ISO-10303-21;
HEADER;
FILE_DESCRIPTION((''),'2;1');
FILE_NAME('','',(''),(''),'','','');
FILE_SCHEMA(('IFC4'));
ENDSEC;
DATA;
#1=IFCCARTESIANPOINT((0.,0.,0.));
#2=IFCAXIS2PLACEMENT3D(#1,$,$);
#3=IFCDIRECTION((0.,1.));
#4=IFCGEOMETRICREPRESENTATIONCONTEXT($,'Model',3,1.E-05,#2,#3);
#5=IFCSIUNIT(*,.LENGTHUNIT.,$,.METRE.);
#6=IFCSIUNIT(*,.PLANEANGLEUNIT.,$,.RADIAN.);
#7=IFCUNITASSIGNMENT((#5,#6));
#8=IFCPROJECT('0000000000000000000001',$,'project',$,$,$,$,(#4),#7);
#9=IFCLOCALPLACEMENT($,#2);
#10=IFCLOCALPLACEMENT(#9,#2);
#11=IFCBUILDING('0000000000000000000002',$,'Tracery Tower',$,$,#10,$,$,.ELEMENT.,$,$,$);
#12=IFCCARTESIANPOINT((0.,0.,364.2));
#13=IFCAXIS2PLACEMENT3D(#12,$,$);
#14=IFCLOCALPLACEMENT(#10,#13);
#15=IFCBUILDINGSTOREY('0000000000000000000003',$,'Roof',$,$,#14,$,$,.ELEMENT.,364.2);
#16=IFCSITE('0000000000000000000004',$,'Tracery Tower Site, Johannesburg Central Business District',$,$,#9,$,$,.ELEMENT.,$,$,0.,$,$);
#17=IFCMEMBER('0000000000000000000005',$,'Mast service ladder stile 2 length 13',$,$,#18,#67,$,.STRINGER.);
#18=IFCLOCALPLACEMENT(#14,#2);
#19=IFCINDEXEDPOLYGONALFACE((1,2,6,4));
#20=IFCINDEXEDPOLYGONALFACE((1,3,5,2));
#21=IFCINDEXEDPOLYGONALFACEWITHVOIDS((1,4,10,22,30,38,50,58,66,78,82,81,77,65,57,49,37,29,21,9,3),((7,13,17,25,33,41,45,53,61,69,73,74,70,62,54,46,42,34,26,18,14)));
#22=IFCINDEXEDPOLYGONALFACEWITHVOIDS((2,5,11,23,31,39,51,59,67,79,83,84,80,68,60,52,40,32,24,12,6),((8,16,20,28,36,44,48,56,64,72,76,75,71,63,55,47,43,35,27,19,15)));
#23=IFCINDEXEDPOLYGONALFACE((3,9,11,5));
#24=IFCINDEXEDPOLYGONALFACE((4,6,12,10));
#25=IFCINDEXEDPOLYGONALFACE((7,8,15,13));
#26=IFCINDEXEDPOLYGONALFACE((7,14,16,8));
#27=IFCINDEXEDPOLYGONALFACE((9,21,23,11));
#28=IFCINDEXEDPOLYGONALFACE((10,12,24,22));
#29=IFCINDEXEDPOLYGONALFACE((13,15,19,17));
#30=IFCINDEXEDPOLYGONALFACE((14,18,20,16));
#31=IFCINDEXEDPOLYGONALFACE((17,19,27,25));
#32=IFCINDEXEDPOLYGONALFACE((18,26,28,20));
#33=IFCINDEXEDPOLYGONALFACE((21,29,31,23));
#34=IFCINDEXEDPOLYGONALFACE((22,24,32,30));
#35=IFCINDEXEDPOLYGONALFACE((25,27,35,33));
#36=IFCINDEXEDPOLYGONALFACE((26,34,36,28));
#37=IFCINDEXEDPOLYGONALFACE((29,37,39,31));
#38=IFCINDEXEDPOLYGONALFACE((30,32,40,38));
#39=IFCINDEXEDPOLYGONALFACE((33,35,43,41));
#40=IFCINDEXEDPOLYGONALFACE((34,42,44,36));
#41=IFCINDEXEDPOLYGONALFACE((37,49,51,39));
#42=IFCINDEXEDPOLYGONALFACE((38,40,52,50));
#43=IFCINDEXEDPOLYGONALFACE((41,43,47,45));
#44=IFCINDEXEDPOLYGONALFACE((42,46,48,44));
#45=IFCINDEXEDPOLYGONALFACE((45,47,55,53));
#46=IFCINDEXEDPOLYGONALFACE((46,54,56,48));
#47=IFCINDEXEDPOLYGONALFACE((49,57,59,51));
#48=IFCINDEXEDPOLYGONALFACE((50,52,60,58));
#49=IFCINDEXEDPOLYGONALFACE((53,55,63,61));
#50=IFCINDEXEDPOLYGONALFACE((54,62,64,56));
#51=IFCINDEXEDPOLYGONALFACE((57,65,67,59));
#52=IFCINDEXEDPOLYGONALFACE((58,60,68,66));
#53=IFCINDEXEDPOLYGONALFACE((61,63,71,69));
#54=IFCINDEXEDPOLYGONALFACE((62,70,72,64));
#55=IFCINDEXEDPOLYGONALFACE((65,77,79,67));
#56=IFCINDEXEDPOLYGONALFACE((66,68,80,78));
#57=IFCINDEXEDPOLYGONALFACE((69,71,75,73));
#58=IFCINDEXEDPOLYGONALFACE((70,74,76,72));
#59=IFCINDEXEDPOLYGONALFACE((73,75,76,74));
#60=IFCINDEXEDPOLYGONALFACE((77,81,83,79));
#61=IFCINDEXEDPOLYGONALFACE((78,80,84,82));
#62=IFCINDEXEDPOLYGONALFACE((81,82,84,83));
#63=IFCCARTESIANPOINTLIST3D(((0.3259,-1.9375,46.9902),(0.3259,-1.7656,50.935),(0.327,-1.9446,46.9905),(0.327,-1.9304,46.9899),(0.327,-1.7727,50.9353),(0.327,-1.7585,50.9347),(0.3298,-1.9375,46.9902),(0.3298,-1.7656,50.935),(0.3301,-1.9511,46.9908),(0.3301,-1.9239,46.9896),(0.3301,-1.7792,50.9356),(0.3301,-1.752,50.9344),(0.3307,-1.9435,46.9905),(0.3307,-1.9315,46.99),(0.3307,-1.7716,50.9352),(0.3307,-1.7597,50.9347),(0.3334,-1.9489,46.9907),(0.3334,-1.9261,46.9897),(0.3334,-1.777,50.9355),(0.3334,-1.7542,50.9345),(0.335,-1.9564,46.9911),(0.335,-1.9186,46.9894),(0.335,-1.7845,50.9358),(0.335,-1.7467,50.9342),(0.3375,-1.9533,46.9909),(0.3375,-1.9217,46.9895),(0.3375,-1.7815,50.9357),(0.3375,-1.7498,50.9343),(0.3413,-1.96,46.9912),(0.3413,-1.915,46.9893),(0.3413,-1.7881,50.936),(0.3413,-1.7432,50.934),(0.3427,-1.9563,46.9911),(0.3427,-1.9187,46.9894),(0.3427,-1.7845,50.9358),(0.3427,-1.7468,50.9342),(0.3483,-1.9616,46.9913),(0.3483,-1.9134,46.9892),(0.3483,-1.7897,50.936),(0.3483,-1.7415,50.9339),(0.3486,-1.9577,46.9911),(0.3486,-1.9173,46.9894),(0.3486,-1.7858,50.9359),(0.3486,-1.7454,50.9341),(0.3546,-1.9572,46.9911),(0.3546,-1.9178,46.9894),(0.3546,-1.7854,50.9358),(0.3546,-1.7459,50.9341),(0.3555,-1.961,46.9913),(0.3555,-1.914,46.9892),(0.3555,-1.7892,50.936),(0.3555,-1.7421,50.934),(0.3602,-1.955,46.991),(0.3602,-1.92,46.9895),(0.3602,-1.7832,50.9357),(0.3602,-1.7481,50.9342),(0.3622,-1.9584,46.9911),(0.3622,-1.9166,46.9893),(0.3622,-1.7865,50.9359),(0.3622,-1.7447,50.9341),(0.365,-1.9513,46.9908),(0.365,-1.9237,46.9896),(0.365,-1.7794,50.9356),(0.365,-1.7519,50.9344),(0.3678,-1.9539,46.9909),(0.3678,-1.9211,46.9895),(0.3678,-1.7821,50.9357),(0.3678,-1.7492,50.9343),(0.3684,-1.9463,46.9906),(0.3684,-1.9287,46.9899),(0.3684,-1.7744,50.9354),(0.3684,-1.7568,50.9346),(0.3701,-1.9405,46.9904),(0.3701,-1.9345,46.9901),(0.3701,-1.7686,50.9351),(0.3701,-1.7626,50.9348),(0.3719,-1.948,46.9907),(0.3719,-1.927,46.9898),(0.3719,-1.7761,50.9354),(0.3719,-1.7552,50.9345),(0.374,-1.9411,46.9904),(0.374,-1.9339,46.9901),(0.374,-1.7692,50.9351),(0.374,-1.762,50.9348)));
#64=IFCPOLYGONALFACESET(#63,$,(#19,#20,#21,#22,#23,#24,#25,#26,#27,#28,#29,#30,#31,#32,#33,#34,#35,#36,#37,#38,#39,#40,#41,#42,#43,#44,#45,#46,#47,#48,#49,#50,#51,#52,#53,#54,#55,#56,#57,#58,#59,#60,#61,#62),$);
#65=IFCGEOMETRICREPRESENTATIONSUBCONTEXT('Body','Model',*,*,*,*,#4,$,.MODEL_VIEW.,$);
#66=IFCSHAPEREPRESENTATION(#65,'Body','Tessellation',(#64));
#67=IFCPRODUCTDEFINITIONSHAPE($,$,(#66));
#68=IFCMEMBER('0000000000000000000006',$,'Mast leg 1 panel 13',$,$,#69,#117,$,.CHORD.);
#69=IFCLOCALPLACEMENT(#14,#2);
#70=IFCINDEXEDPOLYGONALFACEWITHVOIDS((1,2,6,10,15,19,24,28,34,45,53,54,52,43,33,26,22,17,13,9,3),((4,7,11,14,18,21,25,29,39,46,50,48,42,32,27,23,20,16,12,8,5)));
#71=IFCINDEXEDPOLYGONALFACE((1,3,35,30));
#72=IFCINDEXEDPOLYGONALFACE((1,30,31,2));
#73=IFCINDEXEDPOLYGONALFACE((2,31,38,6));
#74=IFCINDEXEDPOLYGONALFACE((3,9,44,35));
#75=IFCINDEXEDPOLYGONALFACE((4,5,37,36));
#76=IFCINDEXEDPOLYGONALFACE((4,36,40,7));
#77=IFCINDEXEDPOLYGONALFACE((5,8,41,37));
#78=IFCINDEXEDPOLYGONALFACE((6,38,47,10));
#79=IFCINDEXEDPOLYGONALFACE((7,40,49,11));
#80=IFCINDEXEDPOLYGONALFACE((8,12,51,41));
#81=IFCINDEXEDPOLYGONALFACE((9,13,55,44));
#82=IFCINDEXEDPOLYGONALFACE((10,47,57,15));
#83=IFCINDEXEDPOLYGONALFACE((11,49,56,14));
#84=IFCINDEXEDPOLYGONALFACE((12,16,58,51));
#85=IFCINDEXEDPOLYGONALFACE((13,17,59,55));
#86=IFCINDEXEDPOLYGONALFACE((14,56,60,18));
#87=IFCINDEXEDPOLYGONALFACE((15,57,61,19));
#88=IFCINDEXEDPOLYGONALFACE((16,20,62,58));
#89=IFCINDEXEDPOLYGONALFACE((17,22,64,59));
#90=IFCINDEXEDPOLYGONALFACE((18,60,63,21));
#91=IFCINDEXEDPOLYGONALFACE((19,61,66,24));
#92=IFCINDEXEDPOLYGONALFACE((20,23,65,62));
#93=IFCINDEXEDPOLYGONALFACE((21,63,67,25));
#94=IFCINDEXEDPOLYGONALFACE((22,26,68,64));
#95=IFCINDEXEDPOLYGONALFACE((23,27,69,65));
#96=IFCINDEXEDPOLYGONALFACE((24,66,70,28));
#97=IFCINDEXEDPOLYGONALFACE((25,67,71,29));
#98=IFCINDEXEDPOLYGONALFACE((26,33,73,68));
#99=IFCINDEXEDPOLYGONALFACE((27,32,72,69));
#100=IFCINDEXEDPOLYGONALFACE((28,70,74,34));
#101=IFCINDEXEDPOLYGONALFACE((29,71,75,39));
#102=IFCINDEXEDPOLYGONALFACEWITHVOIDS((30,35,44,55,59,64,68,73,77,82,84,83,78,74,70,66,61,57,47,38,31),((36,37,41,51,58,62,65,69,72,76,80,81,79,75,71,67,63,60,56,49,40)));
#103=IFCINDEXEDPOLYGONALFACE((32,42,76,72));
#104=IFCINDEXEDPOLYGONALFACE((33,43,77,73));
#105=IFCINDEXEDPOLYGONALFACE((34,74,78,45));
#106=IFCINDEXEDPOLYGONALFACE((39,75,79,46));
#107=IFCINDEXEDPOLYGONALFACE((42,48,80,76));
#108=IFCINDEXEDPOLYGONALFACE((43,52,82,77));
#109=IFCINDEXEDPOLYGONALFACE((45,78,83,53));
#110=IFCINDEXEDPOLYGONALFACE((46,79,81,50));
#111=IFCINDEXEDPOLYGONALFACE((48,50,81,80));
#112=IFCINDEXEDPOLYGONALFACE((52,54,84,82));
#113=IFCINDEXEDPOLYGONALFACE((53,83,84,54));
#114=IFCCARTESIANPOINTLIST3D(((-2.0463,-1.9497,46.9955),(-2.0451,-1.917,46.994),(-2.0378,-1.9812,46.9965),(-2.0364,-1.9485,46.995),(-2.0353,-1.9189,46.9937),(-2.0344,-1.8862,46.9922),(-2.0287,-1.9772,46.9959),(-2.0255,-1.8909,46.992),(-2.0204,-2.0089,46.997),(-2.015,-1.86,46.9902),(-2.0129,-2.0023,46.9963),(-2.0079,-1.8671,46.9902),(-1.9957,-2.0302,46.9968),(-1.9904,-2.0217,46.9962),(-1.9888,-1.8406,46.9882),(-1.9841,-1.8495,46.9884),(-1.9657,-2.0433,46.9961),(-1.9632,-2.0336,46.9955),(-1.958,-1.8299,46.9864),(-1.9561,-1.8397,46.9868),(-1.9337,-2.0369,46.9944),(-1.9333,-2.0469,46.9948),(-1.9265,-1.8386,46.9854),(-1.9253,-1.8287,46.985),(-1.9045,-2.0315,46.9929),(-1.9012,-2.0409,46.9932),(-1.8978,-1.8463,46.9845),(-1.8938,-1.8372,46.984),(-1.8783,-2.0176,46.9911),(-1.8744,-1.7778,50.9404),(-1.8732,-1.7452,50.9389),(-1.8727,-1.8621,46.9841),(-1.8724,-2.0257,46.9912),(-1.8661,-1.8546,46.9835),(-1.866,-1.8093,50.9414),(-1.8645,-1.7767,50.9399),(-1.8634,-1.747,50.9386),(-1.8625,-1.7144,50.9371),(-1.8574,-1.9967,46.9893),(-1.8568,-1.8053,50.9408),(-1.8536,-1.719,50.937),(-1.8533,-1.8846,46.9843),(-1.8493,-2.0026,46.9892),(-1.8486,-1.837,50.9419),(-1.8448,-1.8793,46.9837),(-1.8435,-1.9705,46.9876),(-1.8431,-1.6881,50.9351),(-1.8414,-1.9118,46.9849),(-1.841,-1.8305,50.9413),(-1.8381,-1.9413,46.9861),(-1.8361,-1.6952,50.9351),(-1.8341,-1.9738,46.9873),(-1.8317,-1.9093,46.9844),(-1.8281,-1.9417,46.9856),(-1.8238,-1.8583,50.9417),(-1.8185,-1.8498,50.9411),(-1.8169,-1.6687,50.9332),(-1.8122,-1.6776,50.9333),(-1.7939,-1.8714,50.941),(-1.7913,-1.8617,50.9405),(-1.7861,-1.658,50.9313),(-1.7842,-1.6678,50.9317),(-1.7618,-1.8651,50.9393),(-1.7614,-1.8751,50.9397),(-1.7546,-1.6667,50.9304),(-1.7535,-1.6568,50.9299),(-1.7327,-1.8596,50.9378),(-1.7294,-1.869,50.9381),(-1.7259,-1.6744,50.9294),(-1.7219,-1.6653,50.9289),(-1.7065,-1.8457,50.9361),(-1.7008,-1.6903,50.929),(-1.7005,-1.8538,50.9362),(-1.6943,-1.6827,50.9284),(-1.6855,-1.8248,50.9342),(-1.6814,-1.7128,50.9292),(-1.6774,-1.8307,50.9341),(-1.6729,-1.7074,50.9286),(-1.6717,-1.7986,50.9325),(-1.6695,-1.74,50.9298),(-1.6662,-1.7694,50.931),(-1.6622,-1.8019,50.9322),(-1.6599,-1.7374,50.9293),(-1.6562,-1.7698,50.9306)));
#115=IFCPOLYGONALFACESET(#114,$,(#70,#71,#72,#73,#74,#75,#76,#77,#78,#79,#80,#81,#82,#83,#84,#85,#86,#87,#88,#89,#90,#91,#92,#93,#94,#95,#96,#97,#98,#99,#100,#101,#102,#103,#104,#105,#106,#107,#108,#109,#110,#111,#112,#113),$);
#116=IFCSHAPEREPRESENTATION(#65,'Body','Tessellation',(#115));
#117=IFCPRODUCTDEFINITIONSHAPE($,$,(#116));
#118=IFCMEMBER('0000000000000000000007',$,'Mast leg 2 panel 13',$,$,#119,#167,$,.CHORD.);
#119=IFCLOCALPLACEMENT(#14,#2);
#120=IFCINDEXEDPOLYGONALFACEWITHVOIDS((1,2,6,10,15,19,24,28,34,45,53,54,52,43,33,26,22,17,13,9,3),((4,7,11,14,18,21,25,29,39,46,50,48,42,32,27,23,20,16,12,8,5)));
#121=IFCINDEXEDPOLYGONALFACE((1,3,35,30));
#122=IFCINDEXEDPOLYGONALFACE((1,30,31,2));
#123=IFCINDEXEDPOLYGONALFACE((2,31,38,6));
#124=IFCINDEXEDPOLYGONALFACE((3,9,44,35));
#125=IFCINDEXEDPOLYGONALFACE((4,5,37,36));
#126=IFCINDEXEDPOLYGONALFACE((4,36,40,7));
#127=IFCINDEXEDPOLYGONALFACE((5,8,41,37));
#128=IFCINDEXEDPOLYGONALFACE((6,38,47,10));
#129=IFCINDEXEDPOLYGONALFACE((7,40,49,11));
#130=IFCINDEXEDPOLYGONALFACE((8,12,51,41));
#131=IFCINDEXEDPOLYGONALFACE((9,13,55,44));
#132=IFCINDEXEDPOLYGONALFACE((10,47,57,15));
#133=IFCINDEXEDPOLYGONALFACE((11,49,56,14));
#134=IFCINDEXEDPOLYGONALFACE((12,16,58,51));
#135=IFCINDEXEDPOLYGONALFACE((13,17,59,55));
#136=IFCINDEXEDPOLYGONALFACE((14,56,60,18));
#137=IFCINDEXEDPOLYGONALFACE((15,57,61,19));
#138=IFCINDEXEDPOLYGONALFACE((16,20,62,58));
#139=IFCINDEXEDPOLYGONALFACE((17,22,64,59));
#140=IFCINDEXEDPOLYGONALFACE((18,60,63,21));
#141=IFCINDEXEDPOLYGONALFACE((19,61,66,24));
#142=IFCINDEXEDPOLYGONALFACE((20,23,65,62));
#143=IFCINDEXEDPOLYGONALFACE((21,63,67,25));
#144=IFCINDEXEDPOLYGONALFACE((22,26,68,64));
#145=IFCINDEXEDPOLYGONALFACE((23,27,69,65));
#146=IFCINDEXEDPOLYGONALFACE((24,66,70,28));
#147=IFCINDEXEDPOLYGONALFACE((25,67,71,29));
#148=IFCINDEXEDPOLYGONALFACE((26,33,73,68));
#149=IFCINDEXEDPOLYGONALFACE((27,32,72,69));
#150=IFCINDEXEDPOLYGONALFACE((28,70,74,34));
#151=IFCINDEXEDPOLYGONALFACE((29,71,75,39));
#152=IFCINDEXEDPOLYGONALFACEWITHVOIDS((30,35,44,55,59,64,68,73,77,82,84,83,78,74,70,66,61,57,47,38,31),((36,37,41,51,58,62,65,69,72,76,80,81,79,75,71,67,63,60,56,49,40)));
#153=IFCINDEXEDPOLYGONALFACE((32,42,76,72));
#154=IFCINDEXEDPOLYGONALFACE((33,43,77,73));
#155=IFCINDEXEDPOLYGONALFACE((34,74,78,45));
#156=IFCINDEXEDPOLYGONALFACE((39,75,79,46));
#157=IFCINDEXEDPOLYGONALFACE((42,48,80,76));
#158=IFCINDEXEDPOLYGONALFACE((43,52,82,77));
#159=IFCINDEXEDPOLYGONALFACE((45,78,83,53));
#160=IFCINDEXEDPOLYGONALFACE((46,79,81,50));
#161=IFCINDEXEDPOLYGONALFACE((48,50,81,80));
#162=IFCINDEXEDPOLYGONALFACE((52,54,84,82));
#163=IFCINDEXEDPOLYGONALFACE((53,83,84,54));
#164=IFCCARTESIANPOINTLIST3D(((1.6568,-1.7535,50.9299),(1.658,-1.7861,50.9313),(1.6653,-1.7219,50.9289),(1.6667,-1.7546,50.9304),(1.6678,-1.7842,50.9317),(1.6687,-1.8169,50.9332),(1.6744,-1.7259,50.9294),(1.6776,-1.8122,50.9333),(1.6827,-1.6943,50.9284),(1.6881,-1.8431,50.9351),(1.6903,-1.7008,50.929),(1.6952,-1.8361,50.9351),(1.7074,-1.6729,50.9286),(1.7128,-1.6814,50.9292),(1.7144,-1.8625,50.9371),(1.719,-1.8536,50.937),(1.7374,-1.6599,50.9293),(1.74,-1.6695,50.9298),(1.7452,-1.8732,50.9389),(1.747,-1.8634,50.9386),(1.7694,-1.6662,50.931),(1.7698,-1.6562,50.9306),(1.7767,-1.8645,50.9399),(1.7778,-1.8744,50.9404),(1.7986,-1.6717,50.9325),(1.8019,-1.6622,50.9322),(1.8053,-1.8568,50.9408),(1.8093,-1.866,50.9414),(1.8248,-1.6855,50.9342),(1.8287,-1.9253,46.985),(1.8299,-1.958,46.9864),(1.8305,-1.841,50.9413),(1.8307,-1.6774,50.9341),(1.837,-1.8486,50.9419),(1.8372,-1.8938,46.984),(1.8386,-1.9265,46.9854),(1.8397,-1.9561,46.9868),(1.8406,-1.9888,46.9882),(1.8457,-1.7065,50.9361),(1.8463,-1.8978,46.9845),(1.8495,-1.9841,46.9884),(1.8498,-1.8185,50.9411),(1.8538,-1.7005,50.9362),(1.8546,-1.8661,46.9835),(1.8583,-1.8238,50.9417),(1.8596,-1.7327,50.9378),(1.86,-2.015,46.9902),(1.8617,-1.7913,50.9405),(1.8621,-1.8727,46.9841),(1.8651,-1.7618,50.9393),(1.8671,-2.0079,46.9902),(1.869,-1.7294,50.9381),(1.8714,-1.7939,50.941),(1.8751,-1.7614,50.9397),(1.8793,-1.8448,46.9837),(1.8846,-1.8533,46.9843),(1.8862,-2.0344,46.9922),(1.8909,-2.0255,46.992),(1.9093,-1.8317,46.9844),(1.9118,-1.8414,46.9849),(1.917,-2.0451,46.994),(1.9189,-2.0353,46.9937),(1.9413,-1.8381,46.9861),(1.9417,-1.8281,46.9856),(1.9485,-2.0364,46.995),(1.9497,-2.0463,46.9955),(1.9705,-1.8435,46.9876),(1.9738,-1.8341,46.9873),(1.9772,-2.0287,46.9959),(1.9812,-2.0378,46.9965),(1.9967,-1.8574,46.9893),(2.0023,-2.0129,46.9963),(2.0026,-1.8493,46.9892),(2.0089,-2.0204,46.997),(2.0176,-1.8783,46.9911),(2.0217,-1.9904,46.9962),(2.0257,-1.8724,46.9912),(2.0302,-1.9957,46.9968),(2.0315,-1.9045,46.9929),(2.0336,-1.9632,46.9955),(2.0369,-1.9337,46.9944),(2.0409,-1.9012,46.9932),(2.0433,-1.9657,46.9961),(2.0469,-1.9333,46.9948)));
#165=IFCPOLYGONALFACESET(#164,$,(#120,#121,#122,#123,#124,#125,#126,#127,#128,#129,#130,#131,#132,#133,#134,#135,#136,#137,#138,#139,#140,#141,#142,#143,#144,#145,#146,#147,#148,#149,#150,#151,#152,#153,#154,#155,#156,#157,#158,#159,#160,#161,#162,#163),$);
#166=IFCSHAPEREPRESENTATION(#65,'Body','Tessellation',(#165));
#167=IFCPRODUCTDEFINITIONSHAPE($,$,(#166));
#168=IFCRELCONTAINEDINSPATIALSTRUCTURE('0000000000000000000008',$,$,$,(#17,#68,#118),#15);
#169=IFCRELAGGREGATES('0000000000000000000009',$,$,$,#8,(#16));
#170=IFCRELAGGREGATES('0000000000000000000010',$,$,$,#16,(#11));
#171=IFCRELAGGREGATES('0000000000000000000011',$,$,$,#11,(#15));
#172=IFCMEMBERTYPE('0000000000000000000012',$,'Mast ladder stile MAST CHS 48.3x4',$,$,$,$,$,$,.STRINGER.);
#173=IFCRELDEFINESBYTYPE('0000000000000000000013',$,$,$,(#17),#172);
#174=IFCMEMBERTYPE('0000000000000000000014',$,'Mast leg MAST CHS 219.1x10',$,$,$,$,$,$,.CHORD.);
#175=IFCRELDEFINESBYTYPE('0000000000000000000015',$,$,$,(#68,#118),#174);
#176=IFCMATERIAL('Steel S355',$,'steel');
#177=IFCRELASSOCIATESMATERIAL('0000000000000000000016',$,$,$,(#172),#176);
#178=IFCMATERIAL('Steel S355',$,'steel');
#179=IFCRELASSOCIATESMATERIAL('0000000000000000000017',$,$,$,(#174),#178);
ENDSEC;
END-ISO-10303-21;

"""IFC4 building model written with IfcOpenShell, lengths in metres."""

from ifc_helpers import new_model, si_unit, direction, frame, origin, origin_2d, place, context, subcontext, project, spatial, hollow_circle, extrude, material, material_profile, profile_set, type_object, element, save


model = new_model("IFC4")

# Units and contexts
model_context = context("Model", 3, precision=1e-05, world=origin(), true_north=direction((0.0, 1.0)))
body_context = subcontext(model_context, "Body", "Model", "MODEL_VIEW")
ifc_project = project(units=[si_unit("LENGTHUNIT", "METRE"), si_unit("PLANEANGLEUNIT", "RADIAN")], contexts=[model_context])

# Site, building, storey
site_placement = place(None, origin())
site = spatial("IfcSite", under=ifc_project, at=site_placement, Name="Tracery Tower Site, Johannesburg Central Business District", CompositionType="ELEMENT", RefElevation=0.0)
building_placement = place(site_placement, origin())
building = spatial("IfcBuilding", under=site, at=building_placement, Name="Tracery Tower", CompositionType="ELEMENT")
storey_placement = place(building_placement, frame((0.0, 0.0, 364.2)))
storey = spatial("IfcBuildingStorey", under=building, at=storey_placement, Name="Roof", CompositionType="ELEMENT", Elevation=364.2)

# Members
ifc_material_1 = material(Name="Steel S355", Category="steel")
ifc_material_profile_1 = material_profile(ifc_material_1, hollow_circle(Radius=0.0242, WallThickness=0.0039, at=origin_2d()), Name="CHS 48.3x4")
ifc_profile_set_1 = profile_set([ifc_material_profile_1], Name="Steel S355")
member_type_1 = type_object("IfcMemberType", Name="Mast ladder stile MAST CHS 48.3x4", PredefinedType="STRINGER", material=ifc_profile_set_1)
for number, where, z_axis, x_axis, name in (
    (1, (0.3501, -1.9375, 46.9902), (0.0, 0.043528, 0.999052), (-1.0, 0.0, 0.0), "Mast service ladder stile 2 length 13"),
):
    element("IfcMember", number, at=place(storey_placement, frame(where, z_axis=z_axis, x_axis=x_axis)), inside=storey, type_object=member_type_1, Name=name, PredefinedType="STRINGER", context=body_context, shape_type="SweptSolid", body=[
        extrude(hollow_circle(Radius=0.0242, WallThickness=0.0039, at=origin_2d()), origin(), (0.0, 0.0, 1.0), 3.9485),
    ])
ifc_material_2 = material(Name="Steel S355", Category="steel")
ifc_material_profile_2 = material_profile(ifc_material_2, hollow_circle(Radius=0.1096, WallThickness=0.01, at=origin_2d()), Name="CHS 219.1x10")
ifc_profile_set_2 = profile_set([ifc_material_profile_2], Name="Steel S355")
member_type_2 = type_object("IfcMemberType", Name="Mast leg MAST CHS 219.1x10", PredefinedType="CHORD", material=ifc_profile_set_2)
for number, where, z_axis, x_axis, name in (
    (2, (-1.9375, -1.9375, 46.9902), (0.043487, 0.043487, 0.998107), (-0.707107, 0.707107, 0.0), "Mast leg 1 panel 13"),
    (3, (1.9375, -1.9375, 46.9902), (-0.043487, 0.043487, 0.998107), (-0.707107, -0.707107, 0.0), "Mast leg 2 panel 13"),
):
    element("IfcMember", number, at=place(storey_placement, frame(where, z_axis=z_axis, x_axis=x_axis)), inside=storey, type_object=member_type_2, Name=name, PredefinedType="CHORD", context=body_context, shape_type="SweptSolid", body=[
        extrude(hollow_circle(Radius=0.1096, WallThickness=0.01, at=origin_2d()), origin(), (0.0, 0.0, 1.0), 3.9524),
    ])

save(model, "model.ifc")
